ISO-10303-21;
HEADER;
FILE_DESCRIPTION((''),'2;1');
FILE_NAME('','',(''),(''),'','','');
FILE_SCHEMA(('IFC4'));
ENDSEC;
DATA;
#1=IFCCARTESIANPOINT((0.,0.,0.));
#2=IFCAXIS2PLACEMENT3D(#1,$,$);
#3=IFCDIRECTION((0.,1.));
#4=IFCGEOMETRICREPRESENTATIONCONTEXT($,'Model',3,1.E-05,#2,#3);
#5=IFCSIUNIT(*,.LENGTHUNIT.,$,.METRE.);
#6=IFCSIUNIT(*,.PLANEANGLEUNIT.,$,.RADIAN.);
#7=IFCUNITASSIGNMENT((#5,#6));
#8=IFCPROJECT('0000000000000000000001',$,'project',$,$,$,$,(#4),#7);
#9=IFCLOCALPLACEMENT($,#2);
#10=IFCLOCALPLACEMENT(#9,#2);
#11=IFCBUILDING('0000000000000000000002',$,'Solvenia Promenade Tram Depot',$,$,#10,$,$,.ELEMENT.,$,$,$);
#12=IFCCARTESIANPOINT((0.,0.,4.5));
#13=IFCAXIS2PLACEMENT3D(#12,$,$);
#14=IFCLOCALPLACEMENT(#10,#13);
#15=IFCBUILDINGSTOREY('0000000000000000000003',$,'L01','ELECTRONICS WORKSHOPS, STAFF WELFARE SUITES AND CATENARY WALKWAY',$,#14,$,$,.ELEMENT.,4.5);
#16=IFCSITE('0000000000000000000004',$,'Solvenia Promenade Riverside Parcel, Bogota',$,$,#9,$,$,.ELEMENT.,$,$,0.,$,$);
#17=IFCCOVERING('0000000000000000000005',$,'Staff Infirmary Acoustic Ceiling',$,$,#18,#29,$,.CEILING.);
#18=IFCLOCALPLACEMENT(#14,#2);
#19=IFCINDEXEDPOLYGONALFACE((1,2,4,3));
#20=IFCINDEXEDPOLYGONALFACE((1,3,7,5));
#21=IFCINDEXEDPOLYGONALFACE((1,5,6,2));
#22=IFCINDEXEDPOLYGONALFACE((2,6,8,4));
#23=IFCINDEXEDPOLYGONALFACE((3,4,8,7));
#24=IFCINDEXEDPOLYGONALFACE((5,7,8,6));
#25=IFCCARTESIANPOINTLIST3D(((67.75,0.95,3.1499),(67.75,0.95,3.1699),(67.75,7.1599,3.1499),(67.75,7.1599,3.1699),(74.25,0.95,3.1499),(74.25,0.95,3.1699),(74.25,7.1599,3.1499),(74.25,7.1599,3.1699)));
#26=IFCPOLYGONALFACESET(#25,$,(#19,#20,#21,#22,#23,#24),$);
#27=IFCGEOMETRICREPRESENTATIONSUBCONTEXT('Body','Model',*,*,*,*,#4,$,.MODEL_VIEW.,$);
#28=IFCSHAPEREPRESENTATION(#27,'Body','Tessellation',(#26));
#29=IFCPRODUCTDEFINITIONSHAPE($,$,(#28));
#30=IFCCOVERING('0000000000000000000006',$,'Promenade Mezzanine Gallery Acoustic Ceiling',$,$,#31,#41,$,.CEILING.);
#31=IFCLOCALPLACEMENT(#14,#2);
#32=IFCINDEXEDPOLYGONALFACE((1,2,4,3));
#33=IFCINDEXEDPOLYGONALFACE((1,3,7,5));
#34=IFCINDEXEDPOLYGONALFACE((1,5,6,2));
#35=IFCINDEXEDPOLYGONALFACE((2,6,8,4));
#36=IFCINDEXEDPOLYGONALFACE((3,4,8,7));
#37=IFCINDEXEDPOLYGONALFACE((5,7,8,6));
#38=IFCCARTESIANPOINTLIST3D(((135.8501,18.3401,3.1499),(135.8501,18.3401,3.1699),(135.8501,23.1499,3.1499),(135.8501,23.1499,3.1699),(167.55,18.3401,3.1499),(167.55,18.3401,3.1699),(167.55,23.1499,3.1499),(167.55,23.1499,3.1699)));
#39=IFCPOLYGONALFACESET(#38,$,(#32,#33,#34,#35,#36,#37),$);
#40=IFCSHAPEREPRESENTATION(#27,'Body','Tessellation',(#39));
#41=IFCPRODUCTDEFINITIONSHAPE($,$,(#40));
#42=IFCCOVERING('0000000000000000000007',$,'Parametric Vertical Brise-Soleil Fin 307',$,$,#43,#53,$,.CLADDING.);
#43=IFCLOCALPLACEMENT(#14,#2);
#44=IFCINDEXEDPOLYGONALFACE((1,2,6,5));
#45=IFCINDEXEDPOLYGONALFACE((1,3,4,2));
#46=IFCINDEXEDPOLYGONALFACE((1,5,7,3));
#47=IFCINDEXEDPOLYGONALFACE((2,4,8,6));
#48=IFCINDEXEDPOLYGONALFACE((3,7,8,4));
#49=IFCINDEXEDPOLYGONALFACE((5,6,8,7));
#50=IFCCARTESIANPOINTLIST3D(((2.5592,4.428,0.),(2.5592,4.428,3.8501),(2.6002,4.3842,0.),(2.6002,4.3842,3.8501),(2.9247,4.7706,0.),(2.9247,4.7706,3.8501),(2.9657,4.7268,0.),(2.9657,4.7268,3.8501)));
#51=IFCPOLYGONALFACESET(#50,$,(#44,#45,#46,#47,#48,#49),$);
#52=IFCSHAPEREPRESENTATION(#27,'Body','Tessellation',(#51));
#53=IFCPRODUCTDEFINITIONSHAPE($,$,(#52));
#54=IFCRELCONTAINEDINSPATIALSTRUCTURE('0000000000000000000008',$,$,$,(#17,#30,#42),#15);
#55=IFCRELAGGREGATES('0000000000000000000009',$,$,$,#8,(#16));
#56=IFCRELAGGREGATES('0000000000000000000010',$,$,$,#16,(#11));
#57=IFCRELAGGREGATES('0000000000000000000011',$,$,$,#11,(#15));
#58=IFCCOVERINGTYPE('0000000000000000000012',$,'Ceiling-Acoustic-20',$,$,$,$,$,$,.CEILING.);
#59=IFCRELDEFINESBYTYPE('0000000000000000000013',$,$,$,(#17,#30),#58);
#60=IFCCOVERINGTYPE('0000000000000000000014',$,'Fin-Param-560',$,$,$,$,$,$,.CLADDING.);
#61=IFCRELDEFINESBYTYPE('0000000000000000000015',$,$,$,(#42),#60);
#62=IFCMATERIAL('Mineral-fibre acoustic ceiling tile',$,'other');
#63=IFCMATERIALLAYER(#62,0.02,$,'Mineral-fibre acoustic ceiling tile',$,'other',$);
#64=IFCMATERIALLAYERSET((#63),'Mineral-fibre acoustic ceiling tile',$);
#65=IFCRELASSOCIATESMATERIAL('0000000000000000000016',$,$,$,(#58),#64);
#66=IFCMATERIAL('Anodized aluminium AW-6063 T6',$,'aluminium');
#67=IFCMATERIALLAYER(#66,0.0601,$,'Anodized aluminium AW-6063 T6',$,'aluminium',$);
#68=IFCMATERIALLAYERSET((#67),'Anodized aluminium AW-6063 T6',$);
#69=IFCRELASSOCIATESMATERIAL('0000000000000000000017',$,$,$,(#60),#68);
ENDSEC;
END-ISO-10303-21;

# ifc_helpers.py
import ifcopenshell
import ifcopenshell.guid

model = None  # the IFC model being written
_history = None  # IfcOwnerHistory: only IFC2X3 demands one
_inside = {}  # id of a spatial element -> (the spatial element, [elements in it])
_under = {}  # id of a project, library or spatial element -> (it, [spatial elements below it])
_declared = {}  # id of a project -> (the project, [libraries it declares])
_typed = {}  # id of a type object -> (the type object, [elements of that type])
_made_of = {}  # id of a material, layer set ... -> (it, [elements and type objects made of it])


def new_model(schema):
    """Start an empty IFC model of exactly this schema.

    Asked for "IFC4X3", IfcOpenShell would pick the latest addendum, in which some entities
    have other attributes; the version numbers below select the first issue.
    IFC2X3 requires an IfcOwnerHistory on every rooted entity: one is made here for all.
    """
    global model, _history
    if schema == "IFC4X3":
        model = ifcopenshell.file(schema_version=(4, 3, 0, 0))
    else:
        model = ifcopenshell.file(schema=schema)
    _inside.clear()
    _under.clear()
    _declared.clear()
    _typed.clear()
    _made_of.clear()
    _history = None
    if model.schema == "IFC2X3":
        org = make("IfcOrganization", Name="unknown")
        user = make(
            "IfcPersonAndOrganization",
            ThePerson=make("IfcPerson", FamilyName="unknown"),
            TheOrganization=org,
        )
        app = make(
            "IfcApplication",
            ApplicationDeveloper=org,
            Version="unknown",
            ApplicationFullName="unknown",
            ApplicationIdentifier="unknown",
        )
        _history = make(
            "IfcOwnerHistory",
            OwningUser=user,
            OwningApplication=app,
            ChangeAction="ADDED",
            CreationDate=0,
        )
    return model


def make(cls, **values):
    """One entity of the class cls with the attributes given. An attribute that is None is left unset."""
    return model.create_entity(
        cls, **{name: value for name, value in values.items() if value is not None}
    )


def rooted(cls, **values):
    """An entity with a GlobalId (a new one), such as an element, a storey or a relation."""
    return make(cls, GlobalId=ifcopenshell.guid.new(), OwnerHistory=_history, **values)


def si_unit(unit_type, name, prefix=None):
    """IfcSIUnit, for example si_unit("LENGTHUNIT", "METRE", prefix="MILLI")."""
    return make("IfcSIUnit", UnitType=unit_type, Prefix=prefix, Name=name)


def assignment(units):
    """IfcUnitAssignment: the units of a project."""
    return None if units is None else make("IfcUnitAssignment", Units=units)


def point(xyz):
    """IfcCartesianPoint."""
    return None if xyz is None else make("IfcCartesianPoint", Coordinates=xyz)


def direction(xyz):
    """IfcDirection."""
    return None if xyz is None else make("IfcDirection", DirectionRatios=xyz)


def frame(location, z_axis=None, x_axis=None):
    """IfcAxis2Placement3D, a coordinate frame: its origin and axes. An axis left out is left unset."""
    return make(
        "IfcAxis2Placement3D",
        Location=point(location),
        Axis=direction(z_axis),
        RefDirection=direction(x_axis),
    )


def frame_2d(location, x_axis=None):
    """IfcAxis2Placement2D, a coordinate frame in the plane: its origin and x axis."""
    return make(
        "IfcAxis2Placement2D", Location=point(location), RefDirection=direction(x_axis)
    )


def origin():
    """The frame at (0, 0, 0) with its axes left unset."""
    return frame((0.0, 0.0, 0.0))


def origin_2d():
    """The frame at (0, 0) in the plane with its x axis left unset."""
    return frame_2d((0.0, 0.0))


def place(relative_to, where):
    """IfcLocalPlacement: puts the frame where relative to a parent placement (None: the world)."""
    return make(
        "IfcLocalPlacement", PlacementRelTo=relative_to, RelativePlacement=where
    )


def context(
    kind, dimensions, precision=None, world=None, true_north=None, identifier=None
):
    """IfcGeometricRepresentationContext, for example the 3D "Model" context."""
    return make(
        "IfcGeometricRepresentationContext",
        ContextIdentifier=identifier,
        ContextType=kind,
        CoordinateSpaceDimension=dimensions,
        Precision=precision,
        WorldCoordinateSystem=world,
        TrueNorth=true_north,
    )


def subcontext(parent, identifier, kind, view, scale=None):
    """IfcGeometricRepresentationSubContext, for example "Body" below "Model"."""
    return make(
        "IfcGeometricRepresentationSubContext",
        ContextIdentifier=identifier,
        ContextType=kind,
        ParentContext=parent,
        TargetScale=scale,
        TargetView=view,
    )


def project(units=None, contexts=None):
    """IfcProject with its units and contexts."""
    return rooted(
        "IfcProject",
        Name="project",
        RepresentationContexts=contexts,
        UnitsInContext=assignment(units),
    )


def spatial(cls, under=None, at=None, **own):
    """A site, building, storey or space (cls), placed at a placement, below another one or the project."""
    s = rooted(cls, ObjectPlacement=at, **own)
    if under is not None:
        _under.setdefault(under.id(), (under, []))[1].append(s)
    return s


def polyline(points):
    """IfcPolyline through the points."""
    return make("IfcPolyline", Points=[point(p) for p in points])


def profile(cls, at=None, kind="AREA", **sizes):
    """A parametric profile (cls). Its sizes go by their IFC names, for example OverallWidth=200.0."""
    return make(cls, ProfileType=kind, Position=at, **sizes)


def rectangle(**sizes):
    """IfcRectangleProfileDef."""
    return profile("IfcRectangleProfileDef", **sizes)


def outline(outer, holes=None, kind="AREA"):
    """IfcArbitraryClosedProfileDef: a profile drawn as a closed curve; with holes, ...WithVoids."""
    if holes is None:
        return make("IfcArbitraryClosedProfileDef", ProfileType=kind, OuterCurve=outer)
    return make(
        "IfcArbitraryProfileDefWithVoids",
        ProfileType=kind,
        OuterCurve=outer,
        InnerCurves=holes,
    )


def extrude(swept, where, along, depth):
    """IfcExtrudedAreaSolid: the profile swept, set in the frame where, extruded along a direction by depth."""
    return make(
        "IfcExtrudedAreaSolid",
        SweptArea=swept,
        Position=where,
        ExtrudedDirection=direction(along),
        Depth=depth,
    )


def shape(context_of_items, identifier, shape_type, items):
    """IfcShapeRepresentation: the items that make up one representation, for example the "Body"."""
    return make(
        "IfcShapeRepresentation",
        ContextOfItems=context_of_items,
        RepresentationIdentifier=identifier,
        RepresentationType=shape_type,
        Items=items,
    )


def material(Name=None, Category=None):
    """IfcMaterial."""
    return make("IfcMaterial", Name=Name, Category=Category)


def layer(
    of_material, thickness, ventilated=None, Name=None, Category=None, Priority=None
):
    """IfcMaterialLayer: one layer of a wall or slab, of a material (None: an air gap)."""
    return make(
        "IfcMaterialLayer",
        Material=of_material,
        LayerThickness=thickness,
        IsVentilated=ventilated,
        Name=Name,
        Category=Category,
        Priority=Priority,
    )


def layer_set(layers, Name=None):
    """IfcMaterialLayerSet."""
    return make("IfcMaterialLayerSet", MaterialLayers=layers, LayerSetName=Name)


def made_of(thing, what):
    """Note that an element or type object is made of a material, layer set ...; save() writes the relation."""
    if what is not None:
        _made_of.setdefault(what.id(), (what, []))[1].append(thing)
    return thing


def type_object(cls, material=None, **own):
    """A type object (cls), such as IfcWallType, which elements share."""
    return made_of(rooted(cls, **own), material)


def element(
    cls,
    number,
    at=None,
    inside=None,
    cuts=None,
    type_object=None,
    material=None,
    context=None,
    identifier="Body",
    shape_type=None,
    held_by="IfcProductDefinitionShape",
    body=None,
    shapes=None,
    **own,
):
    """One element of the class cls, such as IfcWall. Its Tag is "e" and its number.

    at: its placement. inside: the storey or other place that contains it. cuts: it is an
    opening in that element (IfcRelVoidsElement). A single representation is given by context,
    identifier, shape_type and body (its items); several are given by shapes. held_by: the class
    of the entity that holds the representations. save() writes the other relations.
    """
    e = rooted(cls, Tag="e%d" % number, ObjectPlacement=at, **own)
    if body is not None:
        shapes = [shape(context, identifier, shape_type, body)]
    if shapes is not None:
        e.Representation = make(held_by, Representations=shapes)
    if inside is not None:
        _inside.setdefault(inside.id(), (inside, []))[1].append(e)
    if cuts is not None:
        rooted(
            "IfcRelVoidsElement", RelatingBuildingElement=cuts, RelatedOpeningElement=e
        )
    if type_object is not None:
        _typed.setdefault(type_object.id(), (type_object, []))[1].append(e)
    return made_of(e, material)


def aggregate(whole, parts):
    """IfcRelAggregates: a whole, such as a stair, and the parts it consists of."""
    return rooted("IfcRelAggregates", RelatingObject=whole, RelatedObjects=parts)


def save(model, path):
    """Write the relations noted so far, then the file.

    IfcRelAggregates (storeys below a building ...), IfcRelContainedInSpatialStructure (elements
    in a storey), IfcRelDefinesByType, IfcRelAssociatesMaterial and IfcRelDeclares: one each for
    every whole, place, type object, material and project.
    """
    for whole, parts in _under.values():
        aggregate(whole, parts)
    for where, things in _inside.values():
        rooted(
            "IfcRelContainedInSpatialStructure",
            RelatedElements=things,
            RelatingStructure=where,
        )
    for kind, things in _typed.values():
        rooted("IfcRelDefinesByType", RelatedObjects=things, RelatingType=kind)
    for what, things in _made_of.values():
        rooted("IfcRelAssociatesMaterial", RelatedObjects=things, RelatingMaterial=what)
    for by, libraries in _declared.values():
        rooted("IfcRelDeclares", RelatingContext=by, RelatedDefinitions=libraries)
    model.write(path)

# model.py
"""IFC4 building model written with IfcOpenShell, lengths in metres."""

from ifc_helpers import new_model, si_unit, direction, frame, origin, origin_2d, place, context, subcontext, project, spatial, polyline, rectangle, outline, extrude, material, layer, layer_set, type_object, element, save


model = new_model("IFC4")

# Units and contexts
model_context = context("Model", 3, precision=1e-05, world=origin(), true_north=direction((0.0, 1.0)))
body_context = subcontext(model_context, "Body", "Model", "MODEL_VIEW")
ifc_project = project(units=[si_unit("LENGTHUNIT", "METRE"), si_unit("PLANEANGLEUNIT", "RADIAN")], contexts=[model_context])

# Site, building, storey
site_placement = place(None, origin())
site = spatial("IfcSite", under=ifc_project, at=site_placement, Name="Solvenia Promenade Riverside Parcel, Bogota", CompositionType="ELEMENT", RefElevation=0.0)
building_placement = place(site_placement, origin())
building = spatial("IfcBuilding", under=site, at=building_placement, Name="Solvenia Promenade Tram Depot", CompositionType="ELEMENT")
storey_placement = place(building_placement, frame((0.0, 0.0, 4.5)))
storey = spatial("IfcBuildingStorey", under=building, at=storey_placement, Name="L01", Description="ELECTRONICS WORKSHOPS, STAFF WELFARE SUITES AND CATENARY WALKWAY", CompositionType="ELEMENT", Elevation=4.5)

# Shared definitions
ifc_material_1 = material(Name="Anodized aluminium AW-6063 T6", Category="aluminium")

# Coverings
ifc_material_2 = material(Name="Mineral-fibre acoustic ceiling tile", Category="other")
ifc_layer_1 = layer(ifc_material_2, 0.02, Name="Mineral-fibre acoustic ceiling tile", Category="other")
ifc_layer_set_1 = layer_set([ifc_layer_1], Name="Mineral-fibre acoustic ceiling tile")
covering_type_1 = type_object("IfcCoveringType", Name="Ceiling-Acoustic-20", PredefinedType="CEILING", material=ifc_layer_set_1)
covering_1_placement = place(storey_placement, frame((0.0, 0.0, 3.1499)))
element("IfcCovering", 1, at=covering_1_placement, inside=storey, type_object=covering_type_1, Name="Staff Infirmary Acoustic Ceiling", PredefinedType="CEILING", context=body_context, shape_type="SweptSolid", body=[
    extrude(outline(polyline([(67.75, 0.95), (74.25, 0.95), (74.25, 7.1599), (67.75, 7.1599), (67.75, 0.95)])), origin(), (0.0, 0.0, 1.0), 0.02),
])
covering_2_placement = place(storey_placement, frame((0.0, 0.0, 3.1499)))
element("IfcCovering", 2, at=covering_2_placement, inside=storey, type_object=covering_type_1, Name="Promenade Mezzanine Gallery Acoustic Ceiling", PredefinedType="CEILING", context=body_context, shape_type="SweptSolid", body=[
    extrude(outline(polyline([(135.8501, 18.3401), (167.55, 18.3401), (167.55, 23.1499), (135.8501, 23.1499), (135.8501, 18.3401)])), origin(), (0.0, 0.0, 1.0), 0.02),
])
ifc_layer_2 = layer(ifc_material_1, 0.0601, Name="Anodized aluminium AW-6063 T6", Category="aluminium")
ifc_layer_set_2 = layer_set([ifc_layer_2], Name="Anodized aluminium AW-6063 T6")
covering_type_2 = type_object("IfcCoveringType", Name="Fin-Param-560", PredefinedType="CLADDING", material=ifc_layer_set_2)
covering_3_placement = place(storey_placement, frame((2.7625, 4.5774, 0.0), z_axis=(0.0, 0.0, 1.0), x_axis=(0.683911, -0.729566, 0.0)))
element("IfcCovering", 3, at=covering_3_placement, inside=storey, type_object=covering_type_2, Name="Parametric Vertical Brise-Soleil Fin 307", PredefinedType="CLADDING", context=body_context, shape_type="SweptSolid", body=[
    extrude(rectangle(XDim=0.0601, YDim=0.501, at=origin_2d()), origin(), (0.0, 0.0, 1.0), 3.8501),
])

save(model, "model.ifc")
